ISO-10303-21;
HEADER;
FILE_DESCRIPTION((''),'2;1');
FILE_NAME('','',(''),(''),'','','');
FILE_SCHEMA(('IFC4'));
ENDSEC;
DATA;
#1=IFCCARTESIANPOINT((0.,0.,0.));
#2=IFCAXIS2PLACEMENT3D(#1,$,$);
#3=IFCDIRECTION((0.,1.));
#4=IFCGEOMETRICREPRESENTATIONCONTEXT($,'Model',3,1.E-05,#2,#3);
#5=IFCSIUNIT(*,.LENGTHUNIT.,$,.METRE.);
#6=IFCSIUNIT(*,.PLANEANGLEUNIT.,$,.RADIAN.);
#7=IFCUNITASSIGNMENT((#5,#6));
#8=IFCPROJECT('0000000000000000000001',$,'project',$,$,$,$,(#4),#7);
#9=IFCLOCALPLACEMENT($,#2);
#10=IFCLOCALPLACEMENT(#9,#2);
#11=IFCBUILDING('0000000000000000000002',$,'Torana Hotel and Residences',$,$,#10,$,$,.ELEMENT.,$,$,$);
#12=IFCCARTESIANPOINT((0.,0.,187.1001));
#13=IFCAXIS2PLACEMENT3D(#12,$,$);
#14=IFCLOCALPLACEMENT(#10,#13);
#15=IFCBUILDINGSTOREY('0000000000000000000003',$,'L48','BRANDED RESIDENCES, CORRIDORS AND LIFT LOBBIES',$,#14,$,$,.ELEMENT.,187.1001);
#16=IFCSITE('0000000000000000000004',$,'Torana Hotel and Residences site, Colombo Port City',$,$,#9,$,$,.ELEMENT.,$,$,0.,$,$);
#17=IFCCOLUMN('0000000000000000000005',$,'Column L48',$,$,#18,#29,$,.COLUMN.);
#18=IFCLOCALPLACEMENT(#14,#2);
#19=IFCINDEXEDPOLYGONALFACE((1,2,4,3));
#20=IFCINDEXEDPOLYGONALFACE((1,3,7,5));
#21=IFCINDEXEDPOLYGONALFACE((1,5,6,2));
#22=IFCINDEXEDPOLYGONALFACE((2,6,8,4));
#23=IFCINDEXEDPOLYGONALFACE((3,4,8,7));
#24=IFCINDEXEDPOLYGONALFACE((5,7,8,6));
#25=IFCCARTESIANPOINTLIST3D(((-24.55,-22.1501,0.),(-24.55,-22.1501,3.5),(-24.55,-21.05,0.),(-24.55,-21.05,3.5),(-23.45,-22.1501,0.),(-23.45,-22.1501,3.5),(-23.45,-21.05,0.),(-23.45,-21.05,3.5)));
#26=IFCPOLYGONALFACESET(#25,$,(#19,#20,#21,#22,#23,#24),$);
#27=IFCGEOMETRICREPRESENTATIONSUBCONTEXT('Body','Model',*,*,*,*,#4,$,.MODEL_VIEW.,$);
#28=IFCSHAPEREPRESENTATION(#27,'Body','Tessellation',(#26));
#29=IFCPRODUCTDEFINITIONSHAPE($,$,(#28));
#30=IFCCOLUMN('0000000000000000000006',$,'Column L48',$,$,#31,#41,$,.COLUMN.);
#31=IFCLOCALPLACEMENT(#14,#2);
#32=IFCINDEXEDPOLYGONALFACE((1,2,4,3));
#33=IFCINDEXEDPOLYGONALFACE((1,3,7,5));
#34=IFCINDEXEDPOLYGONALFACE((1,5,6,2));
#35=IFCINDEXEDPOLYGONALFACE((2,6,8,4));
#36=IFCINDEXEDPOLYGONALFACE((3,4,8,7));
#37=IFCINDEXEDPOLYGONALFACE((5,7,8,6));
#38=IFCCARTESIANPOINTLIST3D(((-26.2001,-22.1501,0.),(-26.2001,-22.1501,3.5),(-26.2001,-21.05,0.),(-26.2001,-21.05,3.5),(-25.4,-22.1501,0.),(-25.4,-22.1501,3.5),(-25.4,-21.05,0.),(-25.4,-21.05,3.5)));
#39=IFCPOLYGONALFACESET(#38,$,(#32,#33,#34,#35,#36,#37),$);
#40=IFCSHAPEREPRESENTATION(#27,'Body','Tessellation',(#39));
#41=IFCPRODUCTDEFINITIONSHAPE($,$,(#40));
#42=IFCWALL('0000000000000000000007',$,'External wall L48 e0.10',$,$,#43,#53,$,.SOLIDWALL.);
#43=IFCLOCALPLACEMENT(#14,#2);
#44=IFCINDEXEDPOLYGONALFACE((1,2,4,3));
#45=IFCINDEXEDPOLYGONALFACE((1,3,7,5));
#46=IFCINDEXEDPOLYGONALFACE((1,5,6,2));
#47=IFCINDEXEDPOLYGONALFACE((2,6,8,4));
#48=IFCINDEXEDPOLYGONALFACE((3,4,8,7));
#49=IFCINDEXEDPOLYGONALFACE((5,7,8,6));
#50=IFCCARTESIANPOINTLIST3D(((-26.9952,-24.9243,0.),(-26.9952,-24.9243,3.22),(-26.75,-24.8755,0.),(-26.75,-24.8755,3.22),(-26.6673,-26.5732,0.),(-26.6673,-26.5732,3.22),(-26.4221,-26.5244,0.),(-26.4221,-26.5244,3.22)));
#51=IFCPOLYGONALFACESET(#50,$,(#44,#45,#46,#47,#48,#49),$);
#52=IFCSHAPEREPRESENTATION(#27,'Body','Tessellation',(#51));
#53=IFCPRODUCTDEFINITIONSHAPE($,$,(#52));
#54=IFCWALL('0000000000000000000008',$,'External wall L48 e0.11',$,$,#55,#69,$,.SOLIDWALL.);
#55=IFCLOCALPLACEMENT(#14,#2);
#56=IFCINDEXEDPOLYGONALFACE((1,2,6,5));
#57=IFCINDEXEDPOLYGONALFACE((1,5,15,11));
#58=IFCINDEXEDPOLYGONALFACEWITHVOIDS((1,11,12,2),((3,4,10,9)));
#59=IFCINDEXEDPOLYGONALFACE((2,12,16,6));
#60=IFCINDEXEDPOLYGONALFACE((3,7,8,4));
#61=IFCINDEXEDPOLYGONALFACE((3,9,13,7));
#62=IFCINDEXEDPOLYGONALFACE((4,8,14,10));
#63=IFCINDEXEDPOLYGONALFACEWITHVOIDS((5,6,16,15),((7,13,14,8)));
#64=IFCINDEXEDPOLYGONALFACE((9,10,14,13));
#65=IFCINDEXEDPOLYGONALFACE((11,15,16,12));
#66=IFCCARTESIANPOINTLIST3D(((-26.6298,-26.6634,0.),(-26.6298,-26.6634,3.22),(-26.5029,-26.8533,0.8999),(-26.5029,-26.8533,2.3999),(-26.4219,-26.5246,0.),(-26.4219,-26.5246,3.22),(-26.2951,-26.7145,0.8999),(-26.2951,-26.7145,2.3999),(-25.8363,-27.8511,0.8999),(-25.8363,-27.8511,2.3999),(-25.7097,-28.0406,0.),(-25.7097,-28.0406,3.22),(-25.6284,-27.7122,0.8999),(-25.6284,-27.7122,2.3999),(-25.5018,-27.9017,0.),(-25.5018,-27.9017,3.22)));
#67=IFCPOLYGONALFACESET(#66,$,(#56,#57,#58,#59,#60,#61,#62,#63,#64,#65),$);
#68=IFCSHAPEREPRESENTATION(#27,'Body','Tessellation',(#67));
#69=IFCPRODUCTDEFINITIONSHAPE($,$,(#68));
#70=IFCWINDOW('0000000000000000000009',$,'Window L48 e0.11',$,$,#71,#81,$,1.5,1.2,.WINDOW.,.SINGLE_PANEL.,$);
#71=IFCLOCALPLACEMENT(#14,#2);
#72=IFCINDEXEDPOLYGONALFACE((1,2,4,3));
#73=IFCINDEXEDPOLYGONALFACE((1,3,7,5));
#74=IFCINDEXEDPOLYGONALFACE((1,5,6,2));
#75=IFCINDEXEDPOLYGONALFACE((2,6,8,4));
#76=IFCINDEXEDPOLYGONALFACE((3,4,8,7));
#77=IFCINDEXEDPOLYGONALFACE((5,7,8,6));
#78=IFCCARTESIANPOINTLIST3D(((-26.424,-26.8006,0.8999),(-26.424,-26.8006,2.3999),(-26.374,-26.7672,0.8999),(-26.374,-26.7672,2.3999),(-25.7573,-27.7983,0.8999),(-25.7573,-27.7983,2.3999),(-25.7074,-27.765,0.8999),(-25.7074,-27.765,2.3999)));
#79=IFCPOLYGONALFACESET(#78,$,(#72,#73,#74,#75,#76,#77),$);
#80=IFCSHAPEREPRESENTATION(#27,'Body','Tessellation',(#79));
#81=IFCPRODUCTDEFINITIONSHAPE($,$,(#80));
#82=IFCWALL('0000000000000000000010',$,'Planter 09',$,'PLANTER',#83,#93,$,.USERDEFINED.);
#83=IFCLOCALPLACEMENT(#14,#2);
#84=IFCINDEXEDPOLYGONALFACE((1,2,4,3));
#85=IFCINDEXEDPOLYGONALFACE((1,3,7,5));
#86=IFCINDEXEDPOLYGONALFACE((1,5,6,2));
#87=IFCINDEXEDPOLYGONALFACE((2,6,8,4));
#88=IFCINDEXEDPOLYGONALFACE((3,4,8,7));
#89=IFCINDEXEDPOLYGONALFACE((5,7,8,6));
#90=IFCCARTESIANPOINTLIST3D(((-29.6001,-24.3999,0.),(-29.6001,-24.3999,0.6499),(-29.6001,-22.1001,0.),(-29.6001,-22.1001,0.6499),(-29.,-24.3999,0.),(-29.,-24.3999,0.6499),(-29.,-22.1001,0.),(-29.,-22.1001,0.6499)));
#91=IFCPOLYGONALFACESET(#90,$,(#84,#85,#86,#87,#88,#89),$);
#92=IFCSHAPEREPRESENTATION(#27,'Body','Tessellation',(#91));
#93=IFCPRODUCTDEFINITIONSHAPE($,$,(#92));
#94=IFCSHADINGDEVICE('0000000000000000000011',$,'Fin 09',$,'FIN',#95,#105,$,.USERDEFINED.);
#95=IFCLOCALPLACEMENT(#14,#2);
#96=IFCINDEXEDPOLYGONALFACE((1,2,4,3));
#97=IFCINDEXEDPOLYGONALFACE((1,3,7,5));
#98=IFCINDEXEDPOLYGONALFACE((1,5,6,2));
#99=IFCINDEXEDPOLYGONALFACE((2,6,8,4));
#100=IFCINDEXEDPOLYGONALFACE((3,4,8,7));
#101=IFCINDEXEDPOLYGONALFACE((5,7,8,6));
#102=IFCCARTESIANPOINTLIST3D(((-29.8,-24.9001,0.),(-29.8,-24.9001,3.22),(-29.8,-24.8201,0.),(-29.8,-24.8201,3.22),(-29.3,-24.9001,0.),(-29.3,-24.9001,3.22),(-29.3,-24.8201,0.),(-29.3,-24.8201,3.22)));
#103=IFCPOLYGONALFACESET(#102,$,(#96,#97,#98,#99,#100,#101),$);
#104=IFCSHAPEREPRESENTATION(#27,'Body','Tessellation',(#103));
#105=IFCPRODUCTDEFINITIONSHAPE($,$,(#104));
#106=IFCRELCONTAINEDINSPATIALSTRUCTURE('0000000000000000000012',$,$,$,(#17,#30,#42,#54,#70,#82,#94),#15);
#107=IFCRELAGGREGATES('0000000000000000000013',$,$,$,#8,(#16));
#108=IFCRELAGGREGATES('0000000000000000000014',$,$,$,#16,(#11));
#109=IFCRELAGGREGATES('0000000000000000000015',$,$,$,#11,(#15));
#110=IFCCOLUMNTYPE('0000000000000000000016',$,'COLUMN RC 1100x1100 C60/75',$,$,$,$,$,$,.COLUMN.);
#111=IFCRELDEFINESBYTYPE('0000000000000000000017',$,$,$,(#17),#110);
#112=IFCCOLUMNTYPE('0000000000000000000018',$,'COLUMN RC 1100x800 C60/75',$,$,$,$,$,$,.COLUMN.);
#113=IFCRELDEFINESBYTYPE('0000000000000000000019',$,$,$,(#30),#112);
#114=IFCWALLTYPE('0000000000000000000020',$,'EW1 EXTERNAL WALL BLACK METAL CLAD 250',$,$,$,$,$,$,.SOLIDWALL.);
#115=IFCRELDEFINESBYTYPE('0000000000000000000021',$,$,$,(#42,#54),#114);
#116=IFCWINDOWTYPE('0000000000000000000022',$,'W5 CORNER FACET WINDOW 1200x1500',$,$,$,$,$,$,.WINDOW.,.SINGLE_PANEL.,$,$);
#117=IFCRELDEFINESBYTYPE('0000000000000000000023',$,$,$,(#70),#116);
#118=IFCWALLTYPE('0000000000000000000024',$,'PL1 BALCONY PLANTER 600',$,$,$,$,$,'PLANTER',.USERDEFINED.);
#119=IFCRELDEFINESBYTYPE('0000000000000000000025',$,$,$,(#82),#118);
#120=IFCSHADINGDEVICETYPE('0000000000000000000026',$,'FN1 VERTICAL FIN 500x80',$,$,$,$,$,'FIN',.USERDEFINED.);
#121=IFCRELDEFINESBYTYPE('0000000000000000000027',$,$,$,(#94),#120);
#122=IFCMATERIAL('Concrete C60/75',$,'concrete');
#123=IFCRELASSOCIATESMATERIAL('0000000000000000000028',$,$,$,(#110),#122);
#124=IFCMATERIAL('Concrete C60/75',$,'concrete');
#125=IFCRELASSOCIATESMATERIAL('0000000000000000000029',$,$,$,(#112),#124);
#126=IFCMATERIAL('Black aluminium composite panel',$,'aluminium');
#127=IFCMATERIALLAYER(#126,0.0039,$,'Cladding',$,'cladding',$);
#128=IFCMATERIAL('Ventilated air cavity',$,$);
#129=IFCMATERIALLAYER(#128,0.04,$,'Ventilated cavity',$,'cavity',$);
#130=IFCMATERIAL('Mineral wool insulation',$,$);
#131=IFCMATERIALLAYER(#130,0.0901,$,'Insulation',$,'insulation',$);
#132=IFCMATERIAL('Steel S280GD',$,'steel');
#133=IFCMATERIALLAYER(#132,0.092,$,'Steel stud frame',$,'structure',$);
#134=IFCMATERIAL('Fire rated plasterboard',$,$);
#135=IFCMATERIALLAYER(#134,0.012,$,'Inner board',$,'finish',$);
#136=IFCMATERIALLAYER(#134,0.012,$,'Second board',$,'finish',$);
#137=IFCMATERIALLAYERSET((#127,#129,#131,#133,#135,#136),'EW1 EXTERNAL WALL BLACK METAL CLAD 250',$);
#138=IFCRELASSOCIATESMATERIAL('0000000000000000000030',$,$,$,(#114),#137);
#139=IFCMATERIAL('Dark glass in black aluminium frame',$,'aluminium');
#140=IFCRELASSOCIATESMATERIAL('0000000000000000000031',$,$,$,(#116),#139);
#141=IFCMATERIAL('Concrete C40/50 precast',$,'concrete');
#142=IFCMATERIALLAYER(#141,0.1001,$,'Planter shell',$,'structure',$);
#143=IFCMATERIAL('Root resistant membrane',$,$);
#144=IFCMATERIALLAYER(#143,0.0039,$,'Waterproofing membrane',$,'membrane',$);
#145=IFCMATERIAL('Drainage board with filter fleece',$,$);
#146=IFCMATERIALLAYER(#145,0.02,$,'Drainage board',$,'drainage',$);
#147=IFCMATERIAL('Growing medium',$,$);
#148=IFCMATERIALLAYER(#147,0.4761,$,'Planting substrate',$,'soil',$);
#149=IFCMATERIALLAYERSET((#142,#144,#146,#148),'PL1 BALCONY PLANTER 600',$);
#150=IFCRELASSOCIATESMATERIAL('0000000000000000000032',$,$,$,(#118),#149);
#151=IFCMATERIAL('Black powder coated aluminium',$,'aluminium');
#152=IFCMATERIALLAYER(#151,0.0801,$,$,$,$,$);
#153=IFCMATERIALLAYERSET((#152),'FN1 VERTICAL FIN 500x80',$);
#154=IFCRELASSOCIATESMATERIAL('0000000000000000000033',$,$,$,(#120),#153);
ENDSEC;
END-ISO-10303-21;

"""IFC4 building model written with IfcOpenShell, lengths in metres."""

from ifc_helpers import new_model, si_unit, direction, frame, frame_2d, origin, origin_2d, place, context, subcontext, project, spatial, rectangle, extrude, material, layer, layer_set, material_profile, profile_set, type_object, element, fill, save


model = new_model("IFC4")

# Units and contexts
model_context = context("Model", 3, precision=1e-05, world=origin(), true_north=direction((0.0, 1.0)))
body_context = subcontext(model_context, "Body", "Model", "MODEL_VIEW")
ifc_project = project(units=[si_unit("LENGTHUNIT", "METRE"), si_unit("PLANEANGLEUNIT", "RADIAN")], contexts=[model_context])

# Site, building, storey
site_placement = place(None, origin())
site = spatial("IfcSite", under=ifc_project, at=site_placement, Name="Torana Hotel and Residences site, Colombo Port City", CompositionType="ELEMENT", RefElevation=0.0)
building_placement = place(site_placement, origin())
building = spatial("IfcBuilding", under=site, at=building_placement, Name="Torana Hotel and Residences", CompositionType="ELEMENT")
storey_placement = place(building_placement, frame((0.0, 0.0, 187.1001)))
storey = spatial("IfcBuildingStorey", under=building, at=storey_placement, Name="L48", Description="BRANDED RESIDENCES, CORRIDORS AND LIFT LOBBIES", CompositionType="ELEMENT", Elevation=187.1001)

# Columns
ifc_material_1 = material(Name="Concrete C60/75", Category="concrete")
ifc_material_profile_1 = material_profile(ifc_material_1, rectangle(XDim=1.1001, YDim=1.1001, at=origin_2d()), Name="RC 1100x1100")
ifc_profile_set_1 = profile_set([ifc_material_profile_1], Name="Concrete C60/75")
column_type_1 = type_object("IfcColumnType", Name="COLUMN RC 1100x1100 C60/75", PredefinedType="COLUMN", material=ifc_profile_set_1)
column_1_placement = place(storey_placement, frame((-24.0, -21.6001, 0.0), z_axis=(0.0, 0.0, 1.0), x_axis=(1.0, 0.0, 0.0)))
element("IfcColumn", 1, at=column_1_placement, inside=storey, type_object=column_type_1, Name="Column L48", PredefinedType="COLUMN", context=body_context, shape_type="SweptSolid", body=[
    extrude(rectangle(XDim=1.1001, YDim=1.1001, at=origin_2d()), origin(), (0.0, 0.0, 1.0), 3.5),
])
ifc_material_2 = material(Name="Concrete C60/75", Category="concrete")
ifc_material_profile_2 = material_profile(ifc_material_2, rectangle(XDim=1.1001, YDim=0.8, at=origin_2d()), Name="RC 1100x800")
ifc_profile_set_2 = profile_set([ifc_material_profile_2], Name="Concrete C60/75")
column_type_2 = type_object("IfcColumnType", Name="COLUMN RC 1100x800 C60/75", PredefinedType="COLUMN", material=ifc_profile_set_2)
column_2_placement = place(storey_placement, frame((-25.8, -21.6001, 0.0), z_axis=(0.0, 0.0, 1.0), x_axis=(0.0, 1.0, 0.0)))
element("IfcColumn", 2, at=column_2_placement, inside=storey, type_object=column_type_2, Name="Column L48", PredefinedType="COLUMN", context=body_context, shape_type="SweptSolid", body=[
    extrude(rectangle(XDim=1.1001, YDim=0.8, at=origin_2d()), origin(), (0.0, 0.0, 1.0), 3.5),
])

# Wall
ifc_material_3 = material(Name="Black aluminium composite panel", Category="aluminium")
ifc_layer_1 = layer(ifc_material_3, 0.0039, Name="Cladding", Category="cladding")
ifc_material_4 = material(Name="Ventilated air cavity")
ifc_layer_2 = layer(ifc_material_4, 0.04, Name="Ventilated cavity", Category="cavity")
ifc_material_5 = material(Name="Mineral wool insulation")
ifc_layer_3 = layer(ifc_material_5, 0.0901, Name="Insulation", Category="insulation")
ifc_material_6 = material(Name="Steel S280GD", Category="steel")
ifc_layer_4 = layer(ifc_material_6, 0.092, Name="Steel stud frame", Category="structure")
ifc_material_7 = material(Name="Fire rated plasterboard")
ifc_layer_5 = layer(ifc_material_7, 0.012, Name="Inner board", Category="finish")
ifc_layer_6 = layer(ifc_material_7, 0.012, Name="Second board", Category="finish")
ifc_layer_set_1 = layer_set([ifc_layer_1, ifc_layer_2, ifc_layer_3, ifc_layer_4, ifc_layer_5, ifc_layer_6], Name="EW1 EXTERNAL WALL BLACK METAL CLAD 250")
wall_type_1 = type_object("IfcWallType", Name="EW1 EXTERNAL WALL BLACK METAL CLAD 250", PredefinedType="SOLIDWALL", material=ifc_layer_set_1)
wall_1_placement = place(storey_placement, frame((-26.8726, -24.8999, 0.0), z_axis=(0.0, 0.0, 1.0), x_axis=(0.195027, -0.980798, 0.0)))
element("IfcWall", 3, at=wall_1_placement, inside=storey, type_object=wall_type_1, Name="External wall L48 e0.10", PredefinedType="SOLIDWALL", context=body_context, shape_type="SweptSolid", body=[
    extrude(rectangle(XDim=1.6812, YDim=0.25, at=frame_2d((0.8406, 0.0))), origin(), (0.0, 0.0, 1.0), 3.22),
])

# Wall, opening, window
wall_2_placement = place(storey_placement, frame((-26.5259, -26.594, 0.0), z_axis=(0.0, 0.0, 1.0), x_axis=(0.55555, -0.831483, 0.0)))
wall_2 = element("IfcWall", 4, at=wall_2_placement, inside=storey, type_object=wall_type_1, Name="External wall L48 e0.11", PredefinedType="SOLIDWALL", context=body_context, shape_type="SweptSolid", body=[
    extrude(rectangle(XDim=1.6562, YDim=0.25, at=frame_2d((0.8281, 0.0))), origin(), (0.0, 0.0, 1.0), 3.22),
])
opening_placement = place(wall_2_placement, frame((0.2283, 0.0, 0.8999)))
opening = element("IfcOpeningElement", 5, at=opening_placement, cuts=wall_2, PredefinedType="OPENING", context=body_context, shape_type="SweptSolid", body=[
    extrude(rectangle(XDim=1.2, YDim=1.5, at=frame_2d((0.6001, 0.75))), frame((0.0, 0.135, 0.0), z_axis=(0.0, -1.0, 0.0), x_axis=(1.0, 0.0, 0.0)), (0.0, 0.0, 1.0), 0.27),
])
ifc_material_8 = material(Name="Dark glass in black aluminium frame", Category="aluminium")
window_type = type_object("IfcWindowType", Name="W5 CORNER FACET WINDOW 1200x1500", PartitioningType="SINGLE_PANEL", PredefinedType="WINDOW", material=ifc_material_8)
window_placement = place(opening_placement, origin())
window = element("IfcWindow", 6, at=window_placement, inside=storey, type_object=window_type, Name="Window L48 e0.11", OverallHeight=1.5, OverallWidth=1.2, PartitioningType="SINGLE_PANEL", PredefinedType="WINDOW", context=body_context, shape_type="SweptSolid", body=[
    extrude(rectangle(XDim=1.2, YDim=1.5, at=frame_2d((0.6001, 0.75))), frame((0.0, 0.03, 0.0), z_axis=(0.0, -1.0, 0.0), x_axis=(1.0, 0.0, 0.0)), (0.0, 0.0, 1.0), 0.0601),
])
fill(opening, window)

# Wall
ifc_material_9 = material(Name="Concrete C40/50 precast", Category="concrete")
ifc_layer_7 = layer(ifc_material_9, 0.1001, Name="Planter shell", Category="structure")
ifc_material_10 = material(Name="Root resistant membrane")
ifc_layer_8 = layer(ifc_material_10, 0.0039, Name="Waterproofing membrane", Category="membrane")
ifc_material_11 = material(Name="Drainage board with filter fleece")
ifc_layer_9 = layer(ifc_material_11, 0.02, Name="Drainage board", Category="drainage")
ifc_material_12 = material(Name="Growing medium")
ifc_layer_10 = layer(ifc_material_12, 0.4761, Name="Planting substrate", Category="soil")
ifc_layer_set_2 = layer_set([ifc_layer_7, ifc_layer_8, ifc_layer_9, ifc_layer_10], Name="PL1 BALCONY PLANTER 600")
wall_type_2 = type_object("IfcWallType", Name="PL1 BALCONY PLANTER 600", ElementType="PLANTER", PredefinedType="USERDEFINED", material=ifc_layer_set_2)
wall_3_placement = place(storey_placement, frame((-29.3, -24.3999, 0.0), z_axis=(0.0, 0.0, 1.0), x_axis=(0.0, 1.0, 0.0)))
element("IfcWall", 7, at=wall_3_placement, inside=storey, type_object=wall_type_2, Name="Planter 09", ObjectType="PLANTER", PredefinedType="USERDEFINED", context=body_context, shape_type="SweptSolid", body=[
    extrude(rectangle(XDim=2.2998, YDim=0.6001, at=frame_2d((1.1499, 0.0))), origin(), (0.0, 0.0, 1.0), 0.6499),
])

# Shading device
ifc_material_13 = material(Name="Black powder coated aluminium", Category="aluminium")
ifc_layer_11 = layer(ifc_material_13, 0.0801)
ifc_layer_set_3 = layer_set([ifc_layer_11], Name="FN1 VERTICAL FIN 500x80")
shading_device_type = type_object("IfcShadingDeviceType", Name="FN1 VERTICAL FIN 500x80", ElementType="FIN", PredefinedType="USERDEFINED", material=ifc_layer_set_3)
shading_device_placement = place(storey_placement, frame((-29.55, -24.8601, 0.0), z_axis=(0.0, 0.0, 1.0), x_axis=(0.0, 1.0, 0.0)))
element("IfcShadingDevice", 8, at=shading_device_placement, inside=storey, type_object=shading_device_type, Name="Fin 09", ObjectType="FIN", PredefinedType="USERDEFINED", context=body_context, shape_type="SweptSolid", body=[
    extrude(rectangle(XDim=0.0801, YDim=0.5, at=origin_2d()), origin(), (0.0, 0.0, 1.0), 3.22),
])

save(model, "model.ifc")
